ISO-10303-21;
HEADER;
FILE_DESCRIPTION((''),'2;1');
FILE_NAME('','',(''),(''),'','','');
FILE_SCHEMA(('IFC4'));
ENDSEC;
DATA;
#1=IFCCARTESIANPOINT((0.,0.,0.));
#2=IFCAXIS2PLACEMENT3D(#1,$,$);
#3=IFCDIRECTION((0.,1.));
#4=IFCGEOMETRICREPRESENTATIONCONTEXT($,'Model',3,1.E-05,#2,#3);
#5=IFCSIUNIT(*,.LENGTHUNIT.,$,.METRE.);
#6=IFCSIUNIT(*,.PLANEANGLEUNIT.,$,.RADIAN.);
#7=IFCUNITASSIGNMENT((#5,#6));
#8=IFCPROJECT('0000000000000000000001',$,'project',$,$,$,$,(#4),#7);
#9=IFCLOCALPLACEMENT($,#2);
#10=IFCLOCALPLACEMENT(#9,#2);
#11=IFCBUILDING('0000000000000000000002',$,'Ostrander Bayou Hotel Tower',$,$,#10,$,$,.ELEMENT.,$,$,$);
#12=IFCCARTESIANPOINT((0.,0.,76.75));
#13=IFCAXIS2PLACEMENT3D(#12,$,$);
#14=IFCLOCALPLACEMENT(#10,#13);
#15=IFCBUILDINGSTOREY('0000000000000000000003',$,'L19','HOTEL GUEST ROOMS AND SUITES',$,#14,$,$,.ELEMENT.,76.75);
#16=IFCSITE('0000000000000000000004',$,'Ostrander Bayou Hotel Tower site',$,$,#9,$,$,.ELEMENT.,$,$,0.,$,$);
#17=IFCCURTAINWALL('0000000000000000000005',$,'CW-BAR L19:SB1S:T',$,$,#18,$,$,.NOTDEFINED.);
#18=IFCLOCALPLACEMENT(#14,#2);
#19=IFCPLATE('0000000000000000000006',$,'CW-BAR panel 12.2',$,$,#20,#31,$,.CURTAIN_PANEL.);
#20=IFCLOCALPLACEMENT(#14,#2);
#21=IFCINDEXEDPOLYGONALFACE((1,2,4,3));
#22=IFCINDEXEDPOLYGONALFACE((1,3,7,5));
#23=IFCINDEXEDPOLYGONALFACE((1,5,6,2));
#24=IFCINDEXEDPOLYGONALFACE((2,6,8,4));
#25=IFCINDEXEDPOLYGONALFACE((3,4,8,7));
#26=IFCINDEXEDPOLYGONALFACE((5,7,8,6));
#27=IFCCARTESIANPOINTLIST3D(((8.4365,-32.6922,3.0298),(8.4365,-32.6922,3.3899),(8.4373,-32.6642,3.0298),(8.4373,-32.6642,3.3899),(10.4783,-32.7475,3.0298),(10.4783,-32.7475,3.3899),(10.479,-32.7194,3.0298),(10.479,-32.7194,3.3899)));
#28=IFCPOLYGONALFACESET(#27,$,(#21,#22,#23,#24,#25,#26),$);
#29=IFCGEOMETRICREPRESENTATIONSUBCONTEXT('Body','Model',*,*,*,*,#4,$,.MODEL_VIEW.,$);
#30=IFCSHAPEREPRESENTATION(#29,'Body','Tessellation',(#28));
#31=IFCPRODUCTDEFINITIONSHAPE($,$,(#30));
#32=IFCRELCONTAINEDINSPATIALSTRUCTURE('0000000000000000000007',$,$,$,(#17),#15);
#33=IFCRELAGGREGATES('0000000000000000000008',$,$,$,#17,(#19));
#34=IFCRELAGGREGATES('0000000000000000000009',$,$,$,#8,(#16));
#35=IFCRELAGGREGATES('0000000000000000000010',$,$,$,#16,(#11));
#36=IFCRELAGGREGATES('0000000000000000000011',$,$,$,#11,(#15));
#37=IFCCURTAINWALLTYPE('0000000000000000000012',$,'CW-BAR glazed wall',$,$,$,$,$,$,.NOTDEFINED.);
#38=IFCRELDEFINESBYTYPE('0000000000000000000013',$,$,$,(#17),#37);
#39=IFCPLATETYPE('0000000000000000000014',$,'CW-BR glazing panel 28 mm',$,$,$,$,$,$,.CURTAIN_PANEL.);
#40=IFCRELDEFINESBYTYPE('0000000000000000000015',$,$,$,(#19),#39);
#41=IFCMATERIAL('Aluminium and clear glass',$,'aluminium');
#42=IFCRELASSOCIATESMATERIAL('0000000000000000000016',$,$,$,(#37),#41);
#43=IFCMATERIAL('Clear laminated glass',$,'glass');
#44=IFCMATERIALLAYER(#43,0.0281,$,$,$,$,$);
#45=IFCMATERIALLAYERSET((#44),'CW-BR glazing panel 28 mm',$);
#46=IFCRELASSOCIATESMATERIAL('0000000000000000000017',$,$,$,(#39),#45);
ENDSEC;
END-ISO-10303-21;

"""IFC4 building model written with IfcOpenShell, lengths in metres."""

from ifc_helpers import new_model, si_unit, direction, frame, origin, origin_2d, place, context, subcontext, project, spatial, rectangle, extrude, material, layer, layer_set, type_object, element, aggregate, save


model = new_model("IFC4")

# Units and contexts
model_context = context("Model", 3, precision=1e-05, world=origin(), true_north=direction((0.0, 1.0)))
body_context = subcontext(model_context, "Body", "Model", "MODEL_VIEW")
ifc_project = project(units=[si_unit("LENGTHUNIT", "METRE"), si_unit("PLANEANGLEUNIT", "RADIAN")], contexts=[model_context])

# Site, building, storey
site_placement = place(None, origin())
site = spatial("IfcSite", under=ifc_project, at=site_placement, Name="Ostrander Bayou Hotel Tower site", CompositionType="ELEMENT", RefElevation=0.0)
building_placement = place(site_placement, origin())
building = spatial("IfcBuilding", under=site, at=building_placement, Name="Ostrander Bayou Hotel Tower", CompositionType="ELEMENT")
storey_placement = place(building_placement, frame((0.0, 0.0, 76.75)))
storey = spatial("IfcBuildingStorey", under=building, at=storey_placement, Name="L19", Description="HOTEL GUEST ROOMS AND SUITES", CompositionType="ELEMENT", Elevation=76.75)

# Curtain wall, plate
ifc_material_1 = material(Name="Aluminium and clear glass", Category="aluminium")
curtain_wall_type = type_object("IfcCurtainWallType", Name="CW-BAR glazed wall", PredefinedType="NOTDEFINED", material=ifc_material_1)
curtain_wall_placement = place(storey_placement, origin())
curtain_wall = element("IfcCurtainWall", 1, at=curtain_wall_placement, inside=storey, type_object=curtain_wall_type, Name="CW-BAR L19:SB1S:T", PredefinedType="NOTDEFINED")
ifc_material_2 = material(Name="Clear laminated glass", Category="glass")
ifc_layer_1 = layer(ifc_material_2, 0.0281)
ifc_layer_set_1 = layer_set([ifc_layer_1], Name="CW-BR glazing panel 28 mm")
plate_type = type_object("IfcPlateType", Name="CW-BR glazing panel 28 mm", PredefinedType="CURTAIN_PANEL", material=ifc_layer_set_1)
plate_1_placement = place(storey_placement, frame((9.4578, -32.7058, 3.0298), z_axis=(0.0, 0.0, 1.0), x_axis=(0.999634, -0.027042, 0.0)))
plate_1 = element("IfcPlate", 2, at=plate_1_placement, type_object=plate_type, Name="CW-BAR panel 12.2", PredefinedType="CURTAIN_PANEL", context=body_context, shape_type="SweptSolid", body=[
    extrude(rectangle(XDim=2.0425, YDim=0.0281, at=origin_2d()), origin(), (0.0, 0.0, 1.0), 0.3601),
])
aggregate(curtain_wall, [plate_1])

save(model, "model.ifc")
